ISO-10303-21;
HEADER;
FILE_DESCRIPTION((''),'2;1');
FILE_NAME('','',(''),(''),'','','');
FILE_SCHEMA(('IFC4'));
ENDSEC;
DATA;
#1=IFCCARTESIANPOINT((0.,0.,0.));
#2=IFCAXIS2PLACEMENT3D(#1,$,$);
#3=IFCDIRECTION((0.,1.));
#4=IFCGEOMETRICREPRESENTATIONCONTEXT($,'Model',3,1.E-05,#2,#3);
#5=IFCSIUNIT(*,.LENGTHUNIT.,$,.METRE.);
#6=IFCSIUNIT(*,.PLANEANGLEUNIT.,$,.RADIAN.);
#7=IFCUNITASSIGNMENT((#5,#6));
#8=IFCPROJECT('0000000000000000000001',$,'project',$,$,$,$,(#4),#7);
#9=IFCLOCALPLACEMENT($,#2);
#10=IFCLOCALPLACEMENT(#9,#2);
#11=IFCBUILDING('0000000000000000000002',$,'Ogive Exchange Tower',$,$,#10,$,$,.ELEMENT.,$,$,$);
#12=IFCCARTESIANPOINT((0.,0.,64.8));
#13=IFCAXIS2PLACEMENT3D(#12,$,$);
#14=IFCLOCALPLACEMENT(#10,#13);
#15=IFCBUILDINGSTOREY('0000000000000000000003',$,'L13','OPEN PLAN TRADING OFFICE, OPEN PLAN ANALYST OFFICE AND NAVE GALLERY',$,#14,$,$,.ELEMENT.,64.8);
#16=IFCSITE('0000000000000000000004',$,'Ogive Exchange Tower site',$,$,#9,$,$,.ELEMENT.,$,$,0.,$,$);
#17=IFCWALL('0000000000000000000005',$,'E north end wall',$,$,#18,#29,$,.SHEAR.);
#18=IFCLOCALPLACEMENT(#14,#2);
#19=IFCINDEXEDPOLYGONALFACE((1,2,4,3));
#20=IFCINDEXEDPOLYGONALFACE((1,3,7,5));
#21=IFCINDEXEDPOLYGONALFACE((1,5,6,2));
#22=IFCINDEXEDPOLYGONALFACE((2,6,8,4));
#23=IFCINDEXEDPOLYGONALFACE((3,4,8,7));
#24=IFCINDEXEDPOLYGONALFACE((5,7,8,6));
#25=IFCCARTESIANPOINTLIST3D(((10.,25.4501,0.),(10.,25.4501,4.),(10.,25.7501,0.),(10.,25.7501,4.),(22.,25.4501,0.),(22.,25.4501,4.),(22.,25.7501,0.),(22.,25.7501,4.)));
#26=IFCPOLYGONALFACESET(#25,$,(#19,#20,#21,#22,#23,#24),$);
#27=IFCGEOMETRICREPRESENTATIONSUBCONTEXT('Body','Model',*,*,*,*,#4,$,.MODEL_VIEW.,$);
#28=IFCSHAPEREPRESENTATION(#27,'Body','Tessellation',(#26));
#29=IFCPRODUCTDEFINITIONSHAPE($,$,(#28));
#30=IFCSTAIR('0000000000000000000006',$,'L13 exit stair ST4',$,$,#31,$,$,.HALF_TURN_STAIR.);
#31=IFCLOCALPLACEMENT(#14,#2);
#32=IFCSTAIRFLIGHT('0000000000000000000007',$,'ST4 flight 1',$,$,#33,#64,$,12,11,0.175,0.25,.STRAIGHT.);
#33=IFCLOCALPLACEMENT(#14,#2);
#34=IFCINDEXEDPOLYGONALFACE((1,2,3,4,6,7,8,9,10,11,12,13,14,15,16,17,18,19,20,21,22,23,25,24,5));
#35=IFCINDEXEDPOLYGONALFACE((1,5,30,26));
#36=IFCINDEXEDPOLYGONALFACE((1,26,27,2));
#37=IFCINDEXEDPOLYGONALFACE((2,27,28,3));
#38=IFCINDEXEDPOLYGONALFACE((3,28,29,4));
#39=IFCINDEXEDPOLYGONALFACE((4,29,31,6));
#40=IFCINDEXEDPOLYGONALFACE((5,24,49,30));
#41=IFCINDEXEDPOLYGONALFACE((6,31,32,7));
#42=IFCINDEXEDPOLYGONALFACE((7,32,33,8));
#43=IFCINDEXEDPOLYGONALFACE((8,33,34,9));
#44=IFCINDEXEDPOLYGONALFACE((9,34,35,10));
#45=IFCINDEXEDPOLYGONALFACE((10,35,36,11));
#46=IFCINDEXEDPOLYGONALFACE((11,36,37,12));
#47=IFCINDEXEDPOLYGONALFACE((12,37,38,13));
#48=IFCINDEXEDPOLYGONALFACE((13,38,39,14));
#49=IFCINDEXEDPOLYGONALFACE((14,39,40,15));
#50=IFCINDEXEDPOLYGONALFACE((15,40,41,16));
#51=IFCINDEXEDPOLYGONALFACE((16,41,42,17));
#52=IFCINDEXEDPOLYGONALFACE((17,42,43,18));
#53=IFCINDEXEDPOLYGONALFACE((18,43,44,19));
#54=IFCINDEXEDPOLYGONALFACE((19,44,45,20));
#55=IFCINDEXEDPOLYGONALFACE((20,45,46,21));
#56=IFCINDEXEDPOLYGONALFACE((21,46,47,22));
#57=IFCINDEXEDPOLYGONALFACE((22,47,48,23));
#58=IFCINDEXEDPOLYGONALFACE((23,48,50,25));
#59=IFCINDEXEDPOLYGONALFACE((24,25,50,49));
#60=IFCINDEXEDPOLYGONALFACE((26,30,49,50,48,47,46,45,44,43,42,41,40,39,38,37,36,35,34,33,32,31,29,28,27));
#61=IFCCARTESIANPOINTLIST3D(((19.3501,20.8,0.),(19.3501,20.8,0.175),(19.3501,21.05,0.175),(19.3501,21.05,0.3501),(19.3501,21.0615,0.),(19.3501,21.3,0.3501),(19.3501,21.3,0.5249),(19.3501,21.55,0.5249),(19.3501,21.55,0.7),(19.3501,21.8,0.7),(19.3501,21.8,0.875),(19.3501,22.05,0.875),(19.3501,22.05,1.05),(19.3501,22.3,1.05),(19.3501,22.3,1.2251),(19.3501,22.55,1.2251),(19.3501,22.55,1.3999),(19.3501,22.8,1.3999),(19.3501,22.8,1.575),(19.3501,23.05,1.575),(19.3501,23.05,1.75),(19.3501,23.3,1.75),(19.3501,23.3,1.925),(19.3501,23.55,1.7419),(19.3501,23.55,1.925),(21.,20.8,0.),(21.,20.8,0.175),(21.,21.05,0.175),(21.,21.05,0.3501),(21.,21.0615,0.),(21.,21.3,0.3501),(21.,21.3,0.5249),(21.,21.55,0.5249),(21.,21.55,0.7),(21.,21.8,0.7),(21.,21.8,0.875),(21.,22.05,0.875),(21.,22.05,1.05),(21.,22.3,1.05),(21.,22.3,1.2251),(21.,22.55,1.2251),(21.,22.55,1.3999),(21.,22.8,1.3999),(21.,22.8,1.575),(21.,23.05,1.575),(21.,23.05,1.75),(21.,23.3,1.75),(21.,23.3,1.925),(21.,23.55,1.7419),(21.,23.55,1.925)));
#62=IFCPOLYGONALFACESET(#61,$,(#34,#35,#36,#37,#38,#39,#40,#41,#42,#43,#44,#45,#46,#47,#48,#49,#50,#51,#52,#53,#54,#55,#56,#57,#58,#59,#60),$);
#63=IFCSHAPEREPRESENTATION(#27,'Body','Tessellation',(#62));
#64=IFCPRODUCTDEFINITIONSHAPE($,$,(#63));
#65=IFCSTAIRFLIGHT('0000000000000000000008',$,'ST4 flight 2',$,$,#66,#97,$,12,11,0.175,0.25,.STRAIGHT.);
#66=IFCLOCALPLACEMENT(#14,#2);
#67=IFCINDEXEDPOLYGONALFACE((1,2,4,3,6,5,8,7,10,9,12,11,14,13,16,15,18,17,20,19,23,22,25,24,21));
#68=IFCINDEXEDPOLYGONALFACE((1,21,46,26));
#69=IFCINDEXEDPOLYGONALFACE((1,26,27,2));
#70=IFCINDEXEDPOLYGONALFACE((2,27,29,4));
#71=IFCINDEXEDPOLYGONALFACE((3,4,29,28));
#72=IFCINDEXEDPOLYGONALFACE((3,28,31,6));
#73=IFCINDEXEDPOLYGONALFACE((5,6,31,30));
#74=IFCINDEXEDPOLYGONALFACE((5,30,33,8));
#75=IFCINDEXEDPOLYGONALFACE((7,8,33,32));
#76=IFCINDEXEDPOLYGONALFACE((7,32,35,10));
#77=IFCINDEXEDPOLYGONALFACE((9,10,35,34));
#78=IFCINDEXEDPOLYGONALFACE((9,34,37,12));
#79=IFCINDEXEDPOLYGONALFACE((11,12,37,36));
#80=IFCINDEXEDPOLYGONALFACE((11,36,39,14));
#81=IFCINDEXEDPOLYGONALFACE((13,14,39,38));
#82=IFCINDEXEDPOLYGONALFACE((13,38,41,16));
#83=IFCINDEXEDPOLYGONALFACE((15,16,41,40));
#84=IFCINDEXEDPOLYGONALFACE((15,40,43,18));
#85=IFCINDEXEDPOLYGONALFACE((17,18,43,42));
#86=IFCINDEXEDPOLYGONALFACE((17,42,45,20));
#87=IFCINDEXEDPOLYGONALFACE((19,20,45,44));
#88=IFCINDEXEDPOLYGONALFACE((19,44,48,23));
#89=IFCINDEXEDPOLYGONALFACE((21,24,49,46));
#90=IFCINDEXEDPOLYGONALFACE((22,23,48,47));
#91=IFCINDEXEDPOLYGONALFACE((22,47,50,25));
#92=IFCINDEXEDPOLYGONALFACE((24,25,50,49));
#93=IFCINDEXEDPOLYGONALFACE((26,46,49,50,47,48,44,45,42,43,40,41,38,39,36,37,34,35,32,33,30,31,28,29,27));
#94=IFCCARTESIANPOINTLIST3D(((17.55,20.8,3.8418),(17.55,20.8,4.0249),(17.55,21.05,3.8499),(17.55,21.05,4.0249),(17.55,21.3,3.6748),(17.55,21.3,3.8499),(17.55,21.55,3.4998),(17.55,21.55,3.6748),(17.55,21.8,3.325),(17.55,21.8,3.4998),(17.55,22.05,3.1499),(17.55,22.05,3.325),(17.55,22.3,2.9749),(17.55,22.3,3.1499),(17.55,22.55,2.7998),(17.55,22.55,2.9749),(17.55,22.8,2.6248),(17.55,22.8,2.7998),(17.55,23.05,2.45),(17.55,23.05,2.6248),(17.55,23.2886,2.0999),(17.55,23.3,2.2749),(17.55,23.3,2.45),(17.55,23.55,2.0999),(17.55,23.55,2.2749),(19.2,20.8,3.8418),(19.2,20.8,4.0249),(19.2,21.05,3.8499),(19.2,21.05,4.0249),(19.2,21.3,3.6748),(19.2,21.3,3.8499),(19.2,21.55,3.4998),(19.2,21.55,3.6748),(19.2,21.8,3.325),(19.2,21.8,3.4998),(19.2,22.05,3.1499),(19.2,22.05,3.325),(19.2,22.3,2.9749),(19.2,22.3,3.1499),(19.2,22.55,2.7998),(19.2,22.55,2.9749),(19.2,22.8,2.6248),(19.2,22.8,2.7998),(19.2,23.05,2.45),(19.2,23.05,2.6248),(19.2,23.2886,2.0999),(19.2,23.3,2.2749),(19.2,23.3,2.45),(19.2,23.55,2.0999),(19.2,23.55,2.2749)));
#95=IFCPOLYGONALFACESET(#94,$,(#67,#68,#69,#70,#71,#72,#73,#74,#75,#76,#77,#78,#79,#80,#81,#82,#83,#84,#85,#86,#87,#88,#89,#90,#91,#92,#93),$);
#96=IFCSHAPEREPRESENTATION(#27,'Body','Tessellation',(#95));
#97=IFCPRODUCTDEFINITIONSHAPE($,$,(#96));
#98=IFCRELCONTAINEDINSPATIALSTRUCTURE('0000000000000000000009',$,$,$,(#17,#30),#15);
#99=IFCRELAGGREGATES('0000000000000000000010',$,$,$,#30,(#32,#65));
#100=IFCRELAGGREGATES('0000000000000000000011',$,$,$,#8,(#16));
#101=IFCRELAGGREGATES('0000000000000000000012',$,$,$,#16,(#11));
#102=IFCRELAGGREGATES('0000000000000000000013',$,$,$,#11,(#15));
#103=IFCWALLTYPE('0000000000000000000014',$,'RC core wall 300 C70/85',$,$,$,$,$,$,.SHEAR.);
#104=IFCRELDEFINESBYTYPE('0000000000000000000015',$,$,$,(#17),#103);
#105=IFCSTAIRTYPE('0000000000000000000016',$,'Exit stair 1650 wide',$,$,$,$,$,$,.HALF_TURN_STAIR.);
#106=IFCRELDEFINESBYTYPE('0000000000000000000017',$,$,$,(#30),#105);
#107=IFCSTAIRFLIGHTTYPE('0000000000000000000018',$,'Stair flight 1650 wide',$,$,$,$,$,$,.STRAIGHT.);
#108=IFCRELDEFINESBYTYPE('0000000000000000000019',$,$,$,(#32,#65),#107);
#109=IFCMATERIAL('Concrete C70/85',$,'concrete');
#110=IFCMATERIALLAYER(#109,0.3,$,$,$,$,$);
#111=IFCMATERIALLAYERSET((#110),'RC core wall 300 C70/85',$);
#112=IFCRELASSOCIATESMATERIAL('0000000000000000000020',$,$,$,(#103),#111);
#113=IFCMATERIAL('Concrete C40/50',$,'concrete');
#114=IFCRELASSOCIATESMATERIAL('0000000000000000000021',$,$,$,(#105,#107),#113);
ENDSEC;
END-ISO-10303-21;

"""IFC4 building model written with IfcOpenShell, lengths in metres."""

from ifc_helpers import new_model, si_unit, direction, frame, frame_2d, origin, place, context, subcontext, project, spatial, polyline, rectangle, outline, extrude, material, layer, layer_set, type_object, element, aggregate, save


model = new_model("IFC4")

# Units and contexts
model_context = context("Model", 3, precision=1e-05, world=origin(), true_north=direction((0.0, 1.0)))
body_context = subcontext(model_context, "Body", "Model", "MODEL_VIEW")
ifc_project = project(units=[si_unit("LENGTHUNIT", "METRE"), si_unit("PLANEANGLEUNIT", "RADIAN")], contexts=[model_context])

# Site, building, storey
site_placement = place(None, origin())
site = spatial("IfcSite", under=ifc_project, at=site_placement, Name="Ogive Exchange Tower site", CompositionType="ELEMENT", RefElevation=0.0)
building_placement = place(site_placement, origin())
building = spatial("IfcBuilding", under=site, at=building_placement, Name="Ogive Exchange Tower", CompositionType="ELEMENT")
storey_placement = place(building_placement, frame((0.0, 0.0, 64.8)))
storey = spatial("IfcBuildingStorey", under=building, at=storey_placement, Name="L13", Description="OPEN PLAN TRADING OFFICE, OPEN PLAN ANALYST OFFICE AND NAVE GALLERY", CompositionType="ELEMENT", Elevation=64.8)

# Wall
ifc_material_1 = material(Name="Concrete C70/85", Category="concrete")
ifc_layer_1 = layer(ifc_material_1, 0.3)
ifc_layer_set_1 = layer_set([ifc_layer_1], Name="RC core wall 300 C70/85")
wall_type_1 = type_object("IfcWallType", Name="RC core wall 300 C70/85", PredefinedType="SHEAR", material=ifc_layer_set_1)
wall_1_placement = place(storey_placement, frame((10.0, 25.6001, 0.0), z_axis=(0.0, 0.0, 1.0), x_axis=(1.0, 0.0, 0.0)))
element("IfcWall", 1, at=wall_1_placement, inside=storey, type_object=wall_type_1, Name="E north end wall", PredefinedType="SHEAR", context=body_context, shape_type="SweptSolid", body=[
    extrude(rectangle(XDim=12.0, YDim=0.3, at=frame_2d((6.0, 0.0))), origin(), (0.0, 0.0, 1.0), 4.0),
])

# Stair, stair flights
ifc_material_2 = material(Name="Concrete C40/50", Category="concrete")
stair_type = type_object("IfcStairType", Name="Exit stair 1650 wide", PredefinedType="HALF_TURN_STAIR", material=ifc_material_2)
stair_placement = place(storey_placement, origin())
stair = element("IfcStair", 2, at=stair_placement, inside=storey, type_object=stair_type, Name="L13 exit stair ST4", PredefinedType="HALF_TURN_STAIR")
stair_flight_type = type_object("IfcStairFlightType", Name="Stair flight 1650 wide", PredefinedType="STRAIGHT", material=ifc_material_2)
stair_flight_1_placement = place(storey_placement, frame((20.175, 20.8, 0.0), z_axis=(0.0, 0.0, 1.0), x_axis=(0.0, 1.0, 0.0)))
stair_flight_1 = element("IfcStairFlight", 3, at=stair_flight_1_placement, type_object=stair_flight_type, Name="ST4 flight 1", NumberOfRisers=12, NumberOfTreads=11, PredefinedType="STRAIGHT", RiserHeight=0.175, TreadLength=0.25, context=body_context, shape_type="SweptSolid", body=[
    extrude(outline(polyline([(0.0, 0.0), (0.0, 0.175), (0.25, 0.175), (0.25, 0.3501), (0.5, 0.3501), (0.5, 0.5249), (0.75, 0.5249), (0.75, 0.7), (1.0, 0.7), (1.0, 0.875), (1.25, 0.875), (1.25, 1.05), (1.5, 1.05), (1.5, 1.2251), (1.75, 1.2251), (1.75, 1.3999), (2.0, 1.3999), (2.0, 1.575), (2.25, 1.575), (2.25, 1.75), (2.5, 1.75), (2.5, 1.925), (2.75, 1.925), (2.75, 2.1001), (2.75, 1.7419), (0.2615, 0.0), (0.0, 0.0)])), frame((0.0, 0.825, 0.0), z_axis=(0.0, -1.0, 0.0), x_axis=(1.0, 0.0, 0.0)), (0.0, 0.0, 1.0), 1.6499),
])
stair_flight_2_placement = place(storey_placement, frame((18.375, 23.55, 2.0999), z_axis=(0.0, 0.0, 1.0), x_axis=(0.0, -1.0, 0.0)))
stair_flight_2 = element("IfcStairFlight", 4, at=stair_flight_2_placement, type_object=stair_flight_type, Name="ST4 flight 2", NumberOfRisers=12, NumberOfTreads=11, PredefinedType="STRAIGHT", RiserHeight=0.175, TreadLength=0.25, context=body_context, shape_type="SweptSolid", body=[
    extrude(outline(polyline([(0.0, 0.0), (0.0, 0.175), (0.25, 0.175), (0.25, 0.3501), (0.5, 0.3501), (0.5, 0.5249), (0.75, 0.5249), (0.75, 0.7), (1.0, 0.7), (1.0, 0.875), (1.25, 0.875), (1.25, 1.05), (1.5, 1.05), (1.5, 1.2251), (1.75, 1.2251), (1.75, 1.3999), (2.0, 1.3999), (2.0, 1.575), (2.25, 1.575), (2.25, 1.75), (2.5, 1.75), (2.5, 1.925), (2.75, 1.925), (2.75, 2.1001), (2.75, 1.7419), (0.2615, 0.0), (0.0, 0.0)])), frame((0.0, 0.825, 0.0), z_axis=(0.0, -1.0, 0.0), x_axis=(1.0, 0.0, 0.0)), (0.0, 0.0, 1.0), 1.6499),
])
aggregate(stair, [stair_flight_1, stair_flight_2])

save(model, "model.ifc")
